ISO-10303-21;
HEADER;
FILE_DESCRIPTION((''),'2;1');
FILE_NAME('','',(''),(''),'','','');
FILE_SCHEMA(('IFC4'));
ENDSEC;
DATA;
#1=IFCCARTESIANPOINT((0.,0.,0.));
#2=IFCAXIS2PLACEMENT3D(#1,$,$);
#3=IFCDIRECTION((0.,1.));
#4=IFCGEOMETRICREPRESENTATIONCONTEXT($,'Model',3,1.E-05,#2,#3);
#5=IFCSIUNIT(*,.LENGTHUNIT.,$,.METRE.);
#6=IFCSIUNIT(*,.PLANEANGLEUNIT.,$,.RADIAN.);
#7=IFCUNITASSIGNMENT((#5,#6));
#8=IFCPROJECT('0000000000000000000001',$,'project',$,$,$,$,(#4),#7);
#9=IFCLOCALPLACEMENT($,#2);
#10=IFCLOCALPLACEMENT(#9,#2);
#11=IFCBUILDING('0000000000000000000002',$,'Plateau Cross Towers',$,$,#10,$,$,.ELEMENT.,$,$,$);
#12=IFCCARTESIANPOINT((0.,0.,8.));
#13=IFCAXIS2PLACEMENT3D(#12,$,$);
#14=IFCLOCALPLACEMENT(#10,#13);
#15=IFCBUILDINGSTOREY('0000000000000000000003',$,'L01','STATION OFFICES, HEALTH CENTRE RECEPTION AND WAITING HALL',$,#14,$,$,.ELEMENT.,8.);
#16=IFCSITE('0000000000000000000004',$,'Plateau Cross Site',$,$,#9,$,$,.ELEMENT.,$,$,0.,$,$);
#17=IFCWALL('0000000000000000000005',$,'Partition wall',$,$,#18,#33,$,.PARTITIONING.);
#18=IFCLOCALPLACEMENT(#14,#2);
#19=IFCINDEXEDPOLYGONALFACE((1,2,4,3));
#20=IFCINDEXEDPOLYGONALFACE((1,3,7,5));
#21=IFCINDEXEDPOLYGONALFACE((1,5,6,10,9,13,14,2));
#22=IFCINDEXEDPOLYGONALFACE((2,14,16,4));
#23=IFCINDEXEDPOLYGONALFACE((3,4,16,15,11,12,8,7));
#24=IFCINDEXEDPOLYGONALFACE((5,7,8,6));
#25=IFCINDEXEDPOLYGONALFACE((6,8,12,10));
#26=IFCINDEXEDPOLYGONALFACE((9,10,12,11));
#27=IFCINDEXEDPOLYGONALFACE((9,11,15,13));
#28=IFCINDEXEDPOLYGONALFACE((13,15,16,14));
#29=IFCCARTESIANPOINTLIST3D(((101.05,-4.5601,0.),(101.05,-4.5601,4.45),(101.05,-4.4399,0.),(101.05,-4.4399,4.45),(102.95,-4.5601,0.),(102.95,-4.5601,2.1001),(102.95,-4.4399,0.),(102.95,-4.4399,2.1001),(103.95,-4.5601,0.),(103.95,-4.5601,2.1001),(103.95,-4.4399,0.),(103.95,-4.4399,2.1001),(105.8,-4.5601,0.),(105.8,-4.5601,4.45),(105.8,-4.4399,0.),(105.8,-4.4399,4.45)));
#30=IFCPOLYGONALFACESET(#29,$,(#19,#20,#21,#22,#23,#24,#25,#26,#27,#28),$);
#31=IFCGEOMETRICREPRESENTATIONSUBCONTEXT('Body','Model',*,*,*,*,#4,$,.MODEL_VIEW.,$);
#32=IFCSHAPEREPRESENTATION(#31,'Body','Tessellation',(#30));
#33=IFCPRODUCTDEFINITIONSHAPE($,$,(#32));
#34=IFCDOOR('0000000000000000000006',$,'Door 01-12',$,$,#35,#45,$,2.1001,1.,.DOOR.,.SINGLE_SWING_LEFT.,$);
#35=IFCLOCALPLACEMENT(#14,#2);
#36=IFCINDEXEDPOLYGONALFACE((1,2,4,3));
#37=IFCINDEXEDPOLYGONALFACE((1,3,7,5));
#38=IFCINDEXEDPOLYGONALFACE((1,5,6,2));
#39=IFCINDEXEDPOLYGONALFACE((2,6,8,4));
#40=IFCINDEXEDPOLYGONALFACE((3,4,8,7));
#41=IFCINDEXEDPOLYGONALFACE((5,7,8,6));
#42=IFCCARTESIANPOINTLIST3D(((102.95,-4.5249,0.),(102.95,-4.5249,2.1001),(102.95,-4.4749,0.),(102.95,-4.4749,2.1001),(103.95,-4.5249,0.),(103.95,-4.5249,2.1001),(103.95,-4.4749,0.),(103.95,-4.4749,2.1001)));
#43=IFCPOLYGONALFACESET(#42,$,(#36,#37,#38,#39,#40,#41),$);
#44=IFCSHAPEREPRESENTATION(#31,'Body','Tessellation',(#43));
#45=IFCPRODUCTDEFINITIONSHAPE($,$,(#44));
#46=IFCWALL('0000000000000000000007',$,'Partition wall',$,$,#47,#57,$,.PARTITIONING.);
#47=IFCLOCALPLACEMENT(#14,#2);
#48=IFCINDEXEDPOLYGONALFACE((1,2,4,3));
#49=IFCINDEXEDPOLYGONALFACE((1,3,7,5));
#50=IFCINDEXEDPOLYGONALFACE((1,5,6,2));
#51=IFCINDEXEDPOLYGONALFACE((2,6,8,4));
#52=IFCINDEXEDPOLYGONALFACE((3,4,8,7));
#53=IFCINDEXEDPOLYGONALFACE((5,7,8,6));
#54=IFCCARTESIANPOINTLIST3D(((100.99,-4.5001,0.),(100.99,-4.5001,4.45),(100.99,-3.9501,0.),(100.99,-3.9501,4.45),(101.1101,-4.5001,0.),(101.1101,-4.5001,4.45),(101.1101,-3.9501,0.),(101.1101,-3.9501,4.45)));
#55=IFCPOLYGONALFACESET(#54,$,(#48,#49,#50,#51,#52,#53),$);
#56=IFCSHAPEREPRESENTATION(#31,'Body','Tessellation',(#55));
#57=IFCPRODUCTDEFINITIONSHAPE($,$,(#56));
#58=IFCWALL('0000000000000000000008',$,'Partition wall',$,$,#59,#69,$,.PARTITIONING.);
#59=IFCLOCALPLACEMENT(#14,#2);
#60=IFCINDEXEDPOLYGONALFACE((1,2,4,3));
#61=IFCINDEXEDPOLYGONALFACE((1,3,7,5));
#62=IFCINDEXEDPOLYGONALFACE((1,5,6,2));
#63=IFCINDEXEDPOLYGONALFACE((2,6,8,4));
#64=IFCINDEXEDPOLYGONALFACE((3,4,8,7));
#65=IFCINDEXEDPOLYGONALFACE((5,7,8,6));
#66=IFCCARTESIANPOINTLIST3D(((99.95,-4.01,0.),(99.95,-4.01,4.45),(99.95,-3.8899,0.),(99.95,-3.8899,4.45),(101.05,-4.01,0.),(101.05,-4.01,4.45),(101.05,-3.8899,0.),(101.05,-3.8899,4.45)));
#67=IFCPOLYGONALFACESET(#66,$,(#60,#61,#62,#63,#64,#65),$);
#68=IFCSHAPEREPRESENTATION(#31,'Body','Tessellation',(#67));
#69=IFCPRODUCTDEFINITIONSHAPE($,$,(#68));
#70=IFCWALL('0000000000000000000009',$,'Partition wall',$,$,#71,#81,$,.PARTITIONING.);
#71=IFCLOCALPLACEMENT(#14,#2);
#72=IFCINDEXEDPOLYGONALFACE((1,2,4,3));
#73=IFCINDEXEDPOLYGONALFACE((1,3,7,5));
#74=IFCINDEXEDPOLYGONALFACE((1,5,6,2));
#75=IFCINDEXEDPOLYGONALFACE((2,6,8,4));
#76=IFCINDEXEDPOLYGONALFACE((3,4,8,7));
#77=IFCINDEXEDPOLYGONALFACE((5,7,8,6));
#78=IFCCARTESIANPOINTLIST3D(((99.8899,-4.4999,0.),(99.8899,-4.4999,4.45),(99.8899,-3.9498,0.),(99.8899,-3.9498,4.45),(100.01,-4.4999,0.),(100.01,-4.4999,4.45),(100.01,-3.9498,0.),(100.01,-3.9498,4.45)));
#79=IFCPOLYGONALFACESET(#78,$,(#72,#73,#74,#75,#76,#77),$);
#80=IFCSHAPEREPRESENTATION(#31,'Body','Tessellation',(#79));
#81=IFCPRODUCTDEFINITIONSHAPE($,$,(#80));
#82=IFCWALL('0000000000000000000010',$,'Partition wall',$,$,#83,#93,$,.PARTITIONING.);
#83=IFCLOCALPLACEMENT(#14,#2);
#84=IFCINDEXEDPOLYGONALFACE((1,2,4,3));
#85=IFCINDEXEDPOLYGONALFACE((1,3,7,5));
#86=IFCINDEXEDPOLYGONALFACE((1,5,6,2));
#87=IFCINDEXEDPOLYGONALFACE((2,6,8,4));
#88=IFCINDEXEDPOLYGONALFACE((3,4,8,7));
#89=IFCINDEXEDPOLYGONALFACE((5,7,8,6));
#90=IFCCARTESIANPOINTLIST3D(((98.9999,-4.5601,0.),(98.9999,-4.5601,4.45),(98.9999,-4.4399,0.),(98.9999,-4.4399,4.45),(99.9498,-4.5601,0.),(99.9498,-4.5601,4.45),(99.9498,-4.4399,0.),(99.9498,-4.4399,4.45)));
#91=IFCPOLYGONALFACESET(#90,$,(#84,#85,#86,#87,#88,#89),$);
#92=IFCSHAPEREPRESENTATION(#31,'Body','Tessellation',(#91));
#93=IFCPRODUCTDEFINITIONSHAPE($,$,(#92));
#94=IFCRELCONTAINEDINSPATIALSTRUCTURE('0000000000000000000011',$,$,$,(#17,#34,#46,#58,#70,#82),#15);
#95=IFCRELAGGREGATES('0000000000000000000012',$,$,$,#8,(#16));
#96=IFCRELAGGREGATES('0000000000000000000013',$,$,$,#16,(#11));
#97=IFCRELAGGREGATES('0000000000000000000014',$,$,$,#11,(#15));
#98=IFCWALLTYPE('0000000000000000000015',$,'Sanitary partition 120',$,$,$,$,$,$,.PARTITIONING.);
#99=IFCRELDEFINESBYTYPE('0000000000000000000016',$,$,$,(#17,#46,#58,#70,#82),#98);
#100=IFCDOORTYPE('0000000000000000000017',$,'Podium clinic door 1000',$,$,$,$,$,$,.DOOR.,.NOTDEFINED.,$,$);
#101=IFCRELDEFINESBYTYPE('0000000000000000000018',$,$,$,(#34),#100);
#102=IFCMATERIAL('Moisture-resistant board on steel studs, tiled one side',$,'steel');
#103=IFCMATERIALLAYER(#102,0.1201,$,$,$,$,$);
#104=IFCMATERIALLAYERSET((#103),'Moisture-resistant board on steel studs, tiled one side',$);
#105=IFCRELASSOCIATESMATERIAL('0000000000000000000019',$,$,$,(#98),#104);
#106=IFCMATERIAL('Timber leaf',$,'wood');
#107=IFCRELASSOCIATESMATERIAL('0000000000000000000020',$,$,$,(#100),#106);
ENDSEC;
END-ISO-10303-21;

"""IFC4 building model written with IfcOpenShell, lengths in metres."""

from ifc_helpers import new_model, si_unit, direction, frame, frame_2d, origin, place, context, subcontext, project, spatial, rectangle, extrude, material, layer, layer_set, type_object, element, fill, save


model = new_model("IFC4")

# Units and contexts
model_context = context("Model", 3, precision=1e-05, world=origin(), true_north=direction((0.0, 1.0)))
body_context = subcontext(model_context, "Body", "Model", "MODEL_VIEW")
ifc_project = project(units=[si_unit("LENGTHUNIT", "METRE"), si_unit("PLANEANGLEUNIT", "RADIAN")], contexts=[model_context])

# Site, building, storey
site_placement = place(None, origin())
site = spatial("IfcSite", under=ifc_project, at=site_placement, Name="Plateau Cross Site", CompositionType="ELEMENT", RefElevation=0.0)
building_placement = place(site_placement, origin())
building = spatial("IfcBuilding", under=site, at=building_placement, Name="Plateau Cross Towers", CompositionType="ELEMENT")
storey_placement = place(building_placement, frame((0.0, 0.0, 8.0)))
storey = spatial("IfcBuildingStorey", under=building, at=storey_placement, Name="L01", Description="STATION OFFICES, HEALTH CENTRE RECEPTION AND WAITING HALL", CompositionType="ELEMENT", Elevation=8.0)

# Shared definitions
ifc_material_1 = material(Name="Moisture-resistant board on steel studs, tiled one side", Category="steel")
ifc_layer_1 = layer(ifc_material_1, 0.1201)
ifc_layer_set_1 = layer_set([ifc_layer_1], Name="Moisture-resistant board on steel studs, tiled one side")
wall_type_1 = type_object("IfcWallType", Name="Sanitary partition 120", PredefinedType="PARTITIONING", material=ifc_layer_set_1)

# Wall, opening, door
wall_1_placement = place(storey_placement, frame((105.8, -4.5, 0.0), z_axis=(0.0, 0.0, 1.0), x_axis=(-1.0, 0.0, 0.0)))
wall_1 = element("IfcWall", 1, at=wall_1_placement, inside=storey, type_object=wall_type_1, Name="Partition wall", PredefinedType="PARTITIONING", context=body_context, shape_type="SweptSolid", body=[
    extrude(rectangle(XDim=4.75, YDim=0.1201, at=frame_2d((2.375, 0.0))), origin(), (0.0, 0.0, 1.0), 4.45),
])
opening_placement = place(wall_1_placement, frame((1.8501, 0.0, 0.0)))
opening = element("IfcOpeningElement", 2, at=opening_placement, cuts=wall_1, PredefinedType="OPENING", context=body_context, shape_type="SweptSolid", body=[
    extrude(rectangle(XDim=1.0, YDim=2.1001, at=frame_2d((0.5, 1.05))), frame((0.0, 0.0701, 0.0), z_axis=(0.0, -1.0, 0.0), x_axis=(1.0, 0.0, 0.0)), (0.0, 0.0, 1.0), 0.1401),
])
ifc_material_2 = material(Name="Timber leaf", Category="wood")
door_type = type_object("IfcDoorType", Name="Podium clinic door 1000", OperationType="NOTDEFINED", PredefinedType="DOOR", material=ifc_material_2)
door_placement = place(opening_placement, origin())
door = element("IfcDoor", 3, at=door_placement, inside=storey, type_object=door_type, Name="Door 01-12", OperationType="SINGLE_SWING_LEFT", OverallHeight=2.1001, OverallWidth=1.0, PredefinedType="DOOR", context=body_context, shape_type="SweptSolid", body=[
    extrude(rectangle(XDim=1.0, YDim=2.1001, at=frame_2d((0.5, 1.05))), frame((0.0, 0.0249, 0.0), z_axis=(0.0, -1.0, 0.0), x_axis=(1.0, 0.0, 0.0)), (0.0, 0.0, 1.0), 0.05),
])
fill(opening, door)

# Walls
wall_2_placement = place(storey_placement, frame((101.05, -4.5, 0.0), z_axis=(0.0, 0.0, 1.0), x_axis=(0.0, 1.0, 0.0)))
element("IfcWall", 4, at=wall_2_placement, inside=storey, type_object=wall_type_1, Name="Partition wall", PredefinedType="PARTITIONING", context=body_context, shape_type="SweptSolid", body=[
    extrude(rectangle(XDim=0.55, YDim=0.1201, at=frame_2d((0.2749, 0.0))), origin(), (0.0, 0.0, 1.0), 4.45),
])
wall_3_placement = place(storey_placement, frame((101.05, -3.95, 0.0), z_axis=(0.0, 0.0, 1.0), x_axis=(-1.0, 0.0, 0.0)))
element("IfcWall", 5, at=wall_3_placement, inside=storey, type_object=wall_type_1, Name="Partition wall", PredefinedType="PARTITIONING", context=body_context, shape_type="SweptSolid", body=[
    extrude(rectangle(XDim=1.1001, YDim=0.1201, at=frame_2d((0.55, 0.0))), origin(), (0.0, 0.0, 1.0), 4.45),
])
wall_4_placement = place(storey_placement, frame((99.95, -3.95, 0.0), z_axis=(0.0, 0.0, 1.0), x_axis=(0.0, -1.0, 0.0)))
element("IfcWall", 6, at=wall_4_placement, inside=storey, type_object=wall_type_1, Name="Partition wall", PredefinedType="PARTITIONING", context=body_context, shape_type="SweptSolid", body=[
    extrude(rectangle(XDim=0.55, YDim=0.1201, at=frame_2d((0.2749, 0.0))), origin(), (0.0, 0.0, 1.0), 4.45),
])
wall_5_placement = place(storey_placement, frame((99.95, -4.5, 0.0), z_axis=(0.0, 0.0, 1.0), x_axis=(-1.0, 0.0, 0.0)))
element("IfcWall", 7, at=wall_5_placement, inside=storey, type_object=wall_type_1, Name="Partition wall", PredefinedType="PARTITIONING", context=body_context, shape_type="SweptSolid", body=[
    extrude(rectangle(XDim=0.95, YDim=0.1201, at=frame_2d((0.4751, 0.0))), origin(), (0.0, 0.0, 1.0), 4.45),
])

save(model, "model.ifc")
